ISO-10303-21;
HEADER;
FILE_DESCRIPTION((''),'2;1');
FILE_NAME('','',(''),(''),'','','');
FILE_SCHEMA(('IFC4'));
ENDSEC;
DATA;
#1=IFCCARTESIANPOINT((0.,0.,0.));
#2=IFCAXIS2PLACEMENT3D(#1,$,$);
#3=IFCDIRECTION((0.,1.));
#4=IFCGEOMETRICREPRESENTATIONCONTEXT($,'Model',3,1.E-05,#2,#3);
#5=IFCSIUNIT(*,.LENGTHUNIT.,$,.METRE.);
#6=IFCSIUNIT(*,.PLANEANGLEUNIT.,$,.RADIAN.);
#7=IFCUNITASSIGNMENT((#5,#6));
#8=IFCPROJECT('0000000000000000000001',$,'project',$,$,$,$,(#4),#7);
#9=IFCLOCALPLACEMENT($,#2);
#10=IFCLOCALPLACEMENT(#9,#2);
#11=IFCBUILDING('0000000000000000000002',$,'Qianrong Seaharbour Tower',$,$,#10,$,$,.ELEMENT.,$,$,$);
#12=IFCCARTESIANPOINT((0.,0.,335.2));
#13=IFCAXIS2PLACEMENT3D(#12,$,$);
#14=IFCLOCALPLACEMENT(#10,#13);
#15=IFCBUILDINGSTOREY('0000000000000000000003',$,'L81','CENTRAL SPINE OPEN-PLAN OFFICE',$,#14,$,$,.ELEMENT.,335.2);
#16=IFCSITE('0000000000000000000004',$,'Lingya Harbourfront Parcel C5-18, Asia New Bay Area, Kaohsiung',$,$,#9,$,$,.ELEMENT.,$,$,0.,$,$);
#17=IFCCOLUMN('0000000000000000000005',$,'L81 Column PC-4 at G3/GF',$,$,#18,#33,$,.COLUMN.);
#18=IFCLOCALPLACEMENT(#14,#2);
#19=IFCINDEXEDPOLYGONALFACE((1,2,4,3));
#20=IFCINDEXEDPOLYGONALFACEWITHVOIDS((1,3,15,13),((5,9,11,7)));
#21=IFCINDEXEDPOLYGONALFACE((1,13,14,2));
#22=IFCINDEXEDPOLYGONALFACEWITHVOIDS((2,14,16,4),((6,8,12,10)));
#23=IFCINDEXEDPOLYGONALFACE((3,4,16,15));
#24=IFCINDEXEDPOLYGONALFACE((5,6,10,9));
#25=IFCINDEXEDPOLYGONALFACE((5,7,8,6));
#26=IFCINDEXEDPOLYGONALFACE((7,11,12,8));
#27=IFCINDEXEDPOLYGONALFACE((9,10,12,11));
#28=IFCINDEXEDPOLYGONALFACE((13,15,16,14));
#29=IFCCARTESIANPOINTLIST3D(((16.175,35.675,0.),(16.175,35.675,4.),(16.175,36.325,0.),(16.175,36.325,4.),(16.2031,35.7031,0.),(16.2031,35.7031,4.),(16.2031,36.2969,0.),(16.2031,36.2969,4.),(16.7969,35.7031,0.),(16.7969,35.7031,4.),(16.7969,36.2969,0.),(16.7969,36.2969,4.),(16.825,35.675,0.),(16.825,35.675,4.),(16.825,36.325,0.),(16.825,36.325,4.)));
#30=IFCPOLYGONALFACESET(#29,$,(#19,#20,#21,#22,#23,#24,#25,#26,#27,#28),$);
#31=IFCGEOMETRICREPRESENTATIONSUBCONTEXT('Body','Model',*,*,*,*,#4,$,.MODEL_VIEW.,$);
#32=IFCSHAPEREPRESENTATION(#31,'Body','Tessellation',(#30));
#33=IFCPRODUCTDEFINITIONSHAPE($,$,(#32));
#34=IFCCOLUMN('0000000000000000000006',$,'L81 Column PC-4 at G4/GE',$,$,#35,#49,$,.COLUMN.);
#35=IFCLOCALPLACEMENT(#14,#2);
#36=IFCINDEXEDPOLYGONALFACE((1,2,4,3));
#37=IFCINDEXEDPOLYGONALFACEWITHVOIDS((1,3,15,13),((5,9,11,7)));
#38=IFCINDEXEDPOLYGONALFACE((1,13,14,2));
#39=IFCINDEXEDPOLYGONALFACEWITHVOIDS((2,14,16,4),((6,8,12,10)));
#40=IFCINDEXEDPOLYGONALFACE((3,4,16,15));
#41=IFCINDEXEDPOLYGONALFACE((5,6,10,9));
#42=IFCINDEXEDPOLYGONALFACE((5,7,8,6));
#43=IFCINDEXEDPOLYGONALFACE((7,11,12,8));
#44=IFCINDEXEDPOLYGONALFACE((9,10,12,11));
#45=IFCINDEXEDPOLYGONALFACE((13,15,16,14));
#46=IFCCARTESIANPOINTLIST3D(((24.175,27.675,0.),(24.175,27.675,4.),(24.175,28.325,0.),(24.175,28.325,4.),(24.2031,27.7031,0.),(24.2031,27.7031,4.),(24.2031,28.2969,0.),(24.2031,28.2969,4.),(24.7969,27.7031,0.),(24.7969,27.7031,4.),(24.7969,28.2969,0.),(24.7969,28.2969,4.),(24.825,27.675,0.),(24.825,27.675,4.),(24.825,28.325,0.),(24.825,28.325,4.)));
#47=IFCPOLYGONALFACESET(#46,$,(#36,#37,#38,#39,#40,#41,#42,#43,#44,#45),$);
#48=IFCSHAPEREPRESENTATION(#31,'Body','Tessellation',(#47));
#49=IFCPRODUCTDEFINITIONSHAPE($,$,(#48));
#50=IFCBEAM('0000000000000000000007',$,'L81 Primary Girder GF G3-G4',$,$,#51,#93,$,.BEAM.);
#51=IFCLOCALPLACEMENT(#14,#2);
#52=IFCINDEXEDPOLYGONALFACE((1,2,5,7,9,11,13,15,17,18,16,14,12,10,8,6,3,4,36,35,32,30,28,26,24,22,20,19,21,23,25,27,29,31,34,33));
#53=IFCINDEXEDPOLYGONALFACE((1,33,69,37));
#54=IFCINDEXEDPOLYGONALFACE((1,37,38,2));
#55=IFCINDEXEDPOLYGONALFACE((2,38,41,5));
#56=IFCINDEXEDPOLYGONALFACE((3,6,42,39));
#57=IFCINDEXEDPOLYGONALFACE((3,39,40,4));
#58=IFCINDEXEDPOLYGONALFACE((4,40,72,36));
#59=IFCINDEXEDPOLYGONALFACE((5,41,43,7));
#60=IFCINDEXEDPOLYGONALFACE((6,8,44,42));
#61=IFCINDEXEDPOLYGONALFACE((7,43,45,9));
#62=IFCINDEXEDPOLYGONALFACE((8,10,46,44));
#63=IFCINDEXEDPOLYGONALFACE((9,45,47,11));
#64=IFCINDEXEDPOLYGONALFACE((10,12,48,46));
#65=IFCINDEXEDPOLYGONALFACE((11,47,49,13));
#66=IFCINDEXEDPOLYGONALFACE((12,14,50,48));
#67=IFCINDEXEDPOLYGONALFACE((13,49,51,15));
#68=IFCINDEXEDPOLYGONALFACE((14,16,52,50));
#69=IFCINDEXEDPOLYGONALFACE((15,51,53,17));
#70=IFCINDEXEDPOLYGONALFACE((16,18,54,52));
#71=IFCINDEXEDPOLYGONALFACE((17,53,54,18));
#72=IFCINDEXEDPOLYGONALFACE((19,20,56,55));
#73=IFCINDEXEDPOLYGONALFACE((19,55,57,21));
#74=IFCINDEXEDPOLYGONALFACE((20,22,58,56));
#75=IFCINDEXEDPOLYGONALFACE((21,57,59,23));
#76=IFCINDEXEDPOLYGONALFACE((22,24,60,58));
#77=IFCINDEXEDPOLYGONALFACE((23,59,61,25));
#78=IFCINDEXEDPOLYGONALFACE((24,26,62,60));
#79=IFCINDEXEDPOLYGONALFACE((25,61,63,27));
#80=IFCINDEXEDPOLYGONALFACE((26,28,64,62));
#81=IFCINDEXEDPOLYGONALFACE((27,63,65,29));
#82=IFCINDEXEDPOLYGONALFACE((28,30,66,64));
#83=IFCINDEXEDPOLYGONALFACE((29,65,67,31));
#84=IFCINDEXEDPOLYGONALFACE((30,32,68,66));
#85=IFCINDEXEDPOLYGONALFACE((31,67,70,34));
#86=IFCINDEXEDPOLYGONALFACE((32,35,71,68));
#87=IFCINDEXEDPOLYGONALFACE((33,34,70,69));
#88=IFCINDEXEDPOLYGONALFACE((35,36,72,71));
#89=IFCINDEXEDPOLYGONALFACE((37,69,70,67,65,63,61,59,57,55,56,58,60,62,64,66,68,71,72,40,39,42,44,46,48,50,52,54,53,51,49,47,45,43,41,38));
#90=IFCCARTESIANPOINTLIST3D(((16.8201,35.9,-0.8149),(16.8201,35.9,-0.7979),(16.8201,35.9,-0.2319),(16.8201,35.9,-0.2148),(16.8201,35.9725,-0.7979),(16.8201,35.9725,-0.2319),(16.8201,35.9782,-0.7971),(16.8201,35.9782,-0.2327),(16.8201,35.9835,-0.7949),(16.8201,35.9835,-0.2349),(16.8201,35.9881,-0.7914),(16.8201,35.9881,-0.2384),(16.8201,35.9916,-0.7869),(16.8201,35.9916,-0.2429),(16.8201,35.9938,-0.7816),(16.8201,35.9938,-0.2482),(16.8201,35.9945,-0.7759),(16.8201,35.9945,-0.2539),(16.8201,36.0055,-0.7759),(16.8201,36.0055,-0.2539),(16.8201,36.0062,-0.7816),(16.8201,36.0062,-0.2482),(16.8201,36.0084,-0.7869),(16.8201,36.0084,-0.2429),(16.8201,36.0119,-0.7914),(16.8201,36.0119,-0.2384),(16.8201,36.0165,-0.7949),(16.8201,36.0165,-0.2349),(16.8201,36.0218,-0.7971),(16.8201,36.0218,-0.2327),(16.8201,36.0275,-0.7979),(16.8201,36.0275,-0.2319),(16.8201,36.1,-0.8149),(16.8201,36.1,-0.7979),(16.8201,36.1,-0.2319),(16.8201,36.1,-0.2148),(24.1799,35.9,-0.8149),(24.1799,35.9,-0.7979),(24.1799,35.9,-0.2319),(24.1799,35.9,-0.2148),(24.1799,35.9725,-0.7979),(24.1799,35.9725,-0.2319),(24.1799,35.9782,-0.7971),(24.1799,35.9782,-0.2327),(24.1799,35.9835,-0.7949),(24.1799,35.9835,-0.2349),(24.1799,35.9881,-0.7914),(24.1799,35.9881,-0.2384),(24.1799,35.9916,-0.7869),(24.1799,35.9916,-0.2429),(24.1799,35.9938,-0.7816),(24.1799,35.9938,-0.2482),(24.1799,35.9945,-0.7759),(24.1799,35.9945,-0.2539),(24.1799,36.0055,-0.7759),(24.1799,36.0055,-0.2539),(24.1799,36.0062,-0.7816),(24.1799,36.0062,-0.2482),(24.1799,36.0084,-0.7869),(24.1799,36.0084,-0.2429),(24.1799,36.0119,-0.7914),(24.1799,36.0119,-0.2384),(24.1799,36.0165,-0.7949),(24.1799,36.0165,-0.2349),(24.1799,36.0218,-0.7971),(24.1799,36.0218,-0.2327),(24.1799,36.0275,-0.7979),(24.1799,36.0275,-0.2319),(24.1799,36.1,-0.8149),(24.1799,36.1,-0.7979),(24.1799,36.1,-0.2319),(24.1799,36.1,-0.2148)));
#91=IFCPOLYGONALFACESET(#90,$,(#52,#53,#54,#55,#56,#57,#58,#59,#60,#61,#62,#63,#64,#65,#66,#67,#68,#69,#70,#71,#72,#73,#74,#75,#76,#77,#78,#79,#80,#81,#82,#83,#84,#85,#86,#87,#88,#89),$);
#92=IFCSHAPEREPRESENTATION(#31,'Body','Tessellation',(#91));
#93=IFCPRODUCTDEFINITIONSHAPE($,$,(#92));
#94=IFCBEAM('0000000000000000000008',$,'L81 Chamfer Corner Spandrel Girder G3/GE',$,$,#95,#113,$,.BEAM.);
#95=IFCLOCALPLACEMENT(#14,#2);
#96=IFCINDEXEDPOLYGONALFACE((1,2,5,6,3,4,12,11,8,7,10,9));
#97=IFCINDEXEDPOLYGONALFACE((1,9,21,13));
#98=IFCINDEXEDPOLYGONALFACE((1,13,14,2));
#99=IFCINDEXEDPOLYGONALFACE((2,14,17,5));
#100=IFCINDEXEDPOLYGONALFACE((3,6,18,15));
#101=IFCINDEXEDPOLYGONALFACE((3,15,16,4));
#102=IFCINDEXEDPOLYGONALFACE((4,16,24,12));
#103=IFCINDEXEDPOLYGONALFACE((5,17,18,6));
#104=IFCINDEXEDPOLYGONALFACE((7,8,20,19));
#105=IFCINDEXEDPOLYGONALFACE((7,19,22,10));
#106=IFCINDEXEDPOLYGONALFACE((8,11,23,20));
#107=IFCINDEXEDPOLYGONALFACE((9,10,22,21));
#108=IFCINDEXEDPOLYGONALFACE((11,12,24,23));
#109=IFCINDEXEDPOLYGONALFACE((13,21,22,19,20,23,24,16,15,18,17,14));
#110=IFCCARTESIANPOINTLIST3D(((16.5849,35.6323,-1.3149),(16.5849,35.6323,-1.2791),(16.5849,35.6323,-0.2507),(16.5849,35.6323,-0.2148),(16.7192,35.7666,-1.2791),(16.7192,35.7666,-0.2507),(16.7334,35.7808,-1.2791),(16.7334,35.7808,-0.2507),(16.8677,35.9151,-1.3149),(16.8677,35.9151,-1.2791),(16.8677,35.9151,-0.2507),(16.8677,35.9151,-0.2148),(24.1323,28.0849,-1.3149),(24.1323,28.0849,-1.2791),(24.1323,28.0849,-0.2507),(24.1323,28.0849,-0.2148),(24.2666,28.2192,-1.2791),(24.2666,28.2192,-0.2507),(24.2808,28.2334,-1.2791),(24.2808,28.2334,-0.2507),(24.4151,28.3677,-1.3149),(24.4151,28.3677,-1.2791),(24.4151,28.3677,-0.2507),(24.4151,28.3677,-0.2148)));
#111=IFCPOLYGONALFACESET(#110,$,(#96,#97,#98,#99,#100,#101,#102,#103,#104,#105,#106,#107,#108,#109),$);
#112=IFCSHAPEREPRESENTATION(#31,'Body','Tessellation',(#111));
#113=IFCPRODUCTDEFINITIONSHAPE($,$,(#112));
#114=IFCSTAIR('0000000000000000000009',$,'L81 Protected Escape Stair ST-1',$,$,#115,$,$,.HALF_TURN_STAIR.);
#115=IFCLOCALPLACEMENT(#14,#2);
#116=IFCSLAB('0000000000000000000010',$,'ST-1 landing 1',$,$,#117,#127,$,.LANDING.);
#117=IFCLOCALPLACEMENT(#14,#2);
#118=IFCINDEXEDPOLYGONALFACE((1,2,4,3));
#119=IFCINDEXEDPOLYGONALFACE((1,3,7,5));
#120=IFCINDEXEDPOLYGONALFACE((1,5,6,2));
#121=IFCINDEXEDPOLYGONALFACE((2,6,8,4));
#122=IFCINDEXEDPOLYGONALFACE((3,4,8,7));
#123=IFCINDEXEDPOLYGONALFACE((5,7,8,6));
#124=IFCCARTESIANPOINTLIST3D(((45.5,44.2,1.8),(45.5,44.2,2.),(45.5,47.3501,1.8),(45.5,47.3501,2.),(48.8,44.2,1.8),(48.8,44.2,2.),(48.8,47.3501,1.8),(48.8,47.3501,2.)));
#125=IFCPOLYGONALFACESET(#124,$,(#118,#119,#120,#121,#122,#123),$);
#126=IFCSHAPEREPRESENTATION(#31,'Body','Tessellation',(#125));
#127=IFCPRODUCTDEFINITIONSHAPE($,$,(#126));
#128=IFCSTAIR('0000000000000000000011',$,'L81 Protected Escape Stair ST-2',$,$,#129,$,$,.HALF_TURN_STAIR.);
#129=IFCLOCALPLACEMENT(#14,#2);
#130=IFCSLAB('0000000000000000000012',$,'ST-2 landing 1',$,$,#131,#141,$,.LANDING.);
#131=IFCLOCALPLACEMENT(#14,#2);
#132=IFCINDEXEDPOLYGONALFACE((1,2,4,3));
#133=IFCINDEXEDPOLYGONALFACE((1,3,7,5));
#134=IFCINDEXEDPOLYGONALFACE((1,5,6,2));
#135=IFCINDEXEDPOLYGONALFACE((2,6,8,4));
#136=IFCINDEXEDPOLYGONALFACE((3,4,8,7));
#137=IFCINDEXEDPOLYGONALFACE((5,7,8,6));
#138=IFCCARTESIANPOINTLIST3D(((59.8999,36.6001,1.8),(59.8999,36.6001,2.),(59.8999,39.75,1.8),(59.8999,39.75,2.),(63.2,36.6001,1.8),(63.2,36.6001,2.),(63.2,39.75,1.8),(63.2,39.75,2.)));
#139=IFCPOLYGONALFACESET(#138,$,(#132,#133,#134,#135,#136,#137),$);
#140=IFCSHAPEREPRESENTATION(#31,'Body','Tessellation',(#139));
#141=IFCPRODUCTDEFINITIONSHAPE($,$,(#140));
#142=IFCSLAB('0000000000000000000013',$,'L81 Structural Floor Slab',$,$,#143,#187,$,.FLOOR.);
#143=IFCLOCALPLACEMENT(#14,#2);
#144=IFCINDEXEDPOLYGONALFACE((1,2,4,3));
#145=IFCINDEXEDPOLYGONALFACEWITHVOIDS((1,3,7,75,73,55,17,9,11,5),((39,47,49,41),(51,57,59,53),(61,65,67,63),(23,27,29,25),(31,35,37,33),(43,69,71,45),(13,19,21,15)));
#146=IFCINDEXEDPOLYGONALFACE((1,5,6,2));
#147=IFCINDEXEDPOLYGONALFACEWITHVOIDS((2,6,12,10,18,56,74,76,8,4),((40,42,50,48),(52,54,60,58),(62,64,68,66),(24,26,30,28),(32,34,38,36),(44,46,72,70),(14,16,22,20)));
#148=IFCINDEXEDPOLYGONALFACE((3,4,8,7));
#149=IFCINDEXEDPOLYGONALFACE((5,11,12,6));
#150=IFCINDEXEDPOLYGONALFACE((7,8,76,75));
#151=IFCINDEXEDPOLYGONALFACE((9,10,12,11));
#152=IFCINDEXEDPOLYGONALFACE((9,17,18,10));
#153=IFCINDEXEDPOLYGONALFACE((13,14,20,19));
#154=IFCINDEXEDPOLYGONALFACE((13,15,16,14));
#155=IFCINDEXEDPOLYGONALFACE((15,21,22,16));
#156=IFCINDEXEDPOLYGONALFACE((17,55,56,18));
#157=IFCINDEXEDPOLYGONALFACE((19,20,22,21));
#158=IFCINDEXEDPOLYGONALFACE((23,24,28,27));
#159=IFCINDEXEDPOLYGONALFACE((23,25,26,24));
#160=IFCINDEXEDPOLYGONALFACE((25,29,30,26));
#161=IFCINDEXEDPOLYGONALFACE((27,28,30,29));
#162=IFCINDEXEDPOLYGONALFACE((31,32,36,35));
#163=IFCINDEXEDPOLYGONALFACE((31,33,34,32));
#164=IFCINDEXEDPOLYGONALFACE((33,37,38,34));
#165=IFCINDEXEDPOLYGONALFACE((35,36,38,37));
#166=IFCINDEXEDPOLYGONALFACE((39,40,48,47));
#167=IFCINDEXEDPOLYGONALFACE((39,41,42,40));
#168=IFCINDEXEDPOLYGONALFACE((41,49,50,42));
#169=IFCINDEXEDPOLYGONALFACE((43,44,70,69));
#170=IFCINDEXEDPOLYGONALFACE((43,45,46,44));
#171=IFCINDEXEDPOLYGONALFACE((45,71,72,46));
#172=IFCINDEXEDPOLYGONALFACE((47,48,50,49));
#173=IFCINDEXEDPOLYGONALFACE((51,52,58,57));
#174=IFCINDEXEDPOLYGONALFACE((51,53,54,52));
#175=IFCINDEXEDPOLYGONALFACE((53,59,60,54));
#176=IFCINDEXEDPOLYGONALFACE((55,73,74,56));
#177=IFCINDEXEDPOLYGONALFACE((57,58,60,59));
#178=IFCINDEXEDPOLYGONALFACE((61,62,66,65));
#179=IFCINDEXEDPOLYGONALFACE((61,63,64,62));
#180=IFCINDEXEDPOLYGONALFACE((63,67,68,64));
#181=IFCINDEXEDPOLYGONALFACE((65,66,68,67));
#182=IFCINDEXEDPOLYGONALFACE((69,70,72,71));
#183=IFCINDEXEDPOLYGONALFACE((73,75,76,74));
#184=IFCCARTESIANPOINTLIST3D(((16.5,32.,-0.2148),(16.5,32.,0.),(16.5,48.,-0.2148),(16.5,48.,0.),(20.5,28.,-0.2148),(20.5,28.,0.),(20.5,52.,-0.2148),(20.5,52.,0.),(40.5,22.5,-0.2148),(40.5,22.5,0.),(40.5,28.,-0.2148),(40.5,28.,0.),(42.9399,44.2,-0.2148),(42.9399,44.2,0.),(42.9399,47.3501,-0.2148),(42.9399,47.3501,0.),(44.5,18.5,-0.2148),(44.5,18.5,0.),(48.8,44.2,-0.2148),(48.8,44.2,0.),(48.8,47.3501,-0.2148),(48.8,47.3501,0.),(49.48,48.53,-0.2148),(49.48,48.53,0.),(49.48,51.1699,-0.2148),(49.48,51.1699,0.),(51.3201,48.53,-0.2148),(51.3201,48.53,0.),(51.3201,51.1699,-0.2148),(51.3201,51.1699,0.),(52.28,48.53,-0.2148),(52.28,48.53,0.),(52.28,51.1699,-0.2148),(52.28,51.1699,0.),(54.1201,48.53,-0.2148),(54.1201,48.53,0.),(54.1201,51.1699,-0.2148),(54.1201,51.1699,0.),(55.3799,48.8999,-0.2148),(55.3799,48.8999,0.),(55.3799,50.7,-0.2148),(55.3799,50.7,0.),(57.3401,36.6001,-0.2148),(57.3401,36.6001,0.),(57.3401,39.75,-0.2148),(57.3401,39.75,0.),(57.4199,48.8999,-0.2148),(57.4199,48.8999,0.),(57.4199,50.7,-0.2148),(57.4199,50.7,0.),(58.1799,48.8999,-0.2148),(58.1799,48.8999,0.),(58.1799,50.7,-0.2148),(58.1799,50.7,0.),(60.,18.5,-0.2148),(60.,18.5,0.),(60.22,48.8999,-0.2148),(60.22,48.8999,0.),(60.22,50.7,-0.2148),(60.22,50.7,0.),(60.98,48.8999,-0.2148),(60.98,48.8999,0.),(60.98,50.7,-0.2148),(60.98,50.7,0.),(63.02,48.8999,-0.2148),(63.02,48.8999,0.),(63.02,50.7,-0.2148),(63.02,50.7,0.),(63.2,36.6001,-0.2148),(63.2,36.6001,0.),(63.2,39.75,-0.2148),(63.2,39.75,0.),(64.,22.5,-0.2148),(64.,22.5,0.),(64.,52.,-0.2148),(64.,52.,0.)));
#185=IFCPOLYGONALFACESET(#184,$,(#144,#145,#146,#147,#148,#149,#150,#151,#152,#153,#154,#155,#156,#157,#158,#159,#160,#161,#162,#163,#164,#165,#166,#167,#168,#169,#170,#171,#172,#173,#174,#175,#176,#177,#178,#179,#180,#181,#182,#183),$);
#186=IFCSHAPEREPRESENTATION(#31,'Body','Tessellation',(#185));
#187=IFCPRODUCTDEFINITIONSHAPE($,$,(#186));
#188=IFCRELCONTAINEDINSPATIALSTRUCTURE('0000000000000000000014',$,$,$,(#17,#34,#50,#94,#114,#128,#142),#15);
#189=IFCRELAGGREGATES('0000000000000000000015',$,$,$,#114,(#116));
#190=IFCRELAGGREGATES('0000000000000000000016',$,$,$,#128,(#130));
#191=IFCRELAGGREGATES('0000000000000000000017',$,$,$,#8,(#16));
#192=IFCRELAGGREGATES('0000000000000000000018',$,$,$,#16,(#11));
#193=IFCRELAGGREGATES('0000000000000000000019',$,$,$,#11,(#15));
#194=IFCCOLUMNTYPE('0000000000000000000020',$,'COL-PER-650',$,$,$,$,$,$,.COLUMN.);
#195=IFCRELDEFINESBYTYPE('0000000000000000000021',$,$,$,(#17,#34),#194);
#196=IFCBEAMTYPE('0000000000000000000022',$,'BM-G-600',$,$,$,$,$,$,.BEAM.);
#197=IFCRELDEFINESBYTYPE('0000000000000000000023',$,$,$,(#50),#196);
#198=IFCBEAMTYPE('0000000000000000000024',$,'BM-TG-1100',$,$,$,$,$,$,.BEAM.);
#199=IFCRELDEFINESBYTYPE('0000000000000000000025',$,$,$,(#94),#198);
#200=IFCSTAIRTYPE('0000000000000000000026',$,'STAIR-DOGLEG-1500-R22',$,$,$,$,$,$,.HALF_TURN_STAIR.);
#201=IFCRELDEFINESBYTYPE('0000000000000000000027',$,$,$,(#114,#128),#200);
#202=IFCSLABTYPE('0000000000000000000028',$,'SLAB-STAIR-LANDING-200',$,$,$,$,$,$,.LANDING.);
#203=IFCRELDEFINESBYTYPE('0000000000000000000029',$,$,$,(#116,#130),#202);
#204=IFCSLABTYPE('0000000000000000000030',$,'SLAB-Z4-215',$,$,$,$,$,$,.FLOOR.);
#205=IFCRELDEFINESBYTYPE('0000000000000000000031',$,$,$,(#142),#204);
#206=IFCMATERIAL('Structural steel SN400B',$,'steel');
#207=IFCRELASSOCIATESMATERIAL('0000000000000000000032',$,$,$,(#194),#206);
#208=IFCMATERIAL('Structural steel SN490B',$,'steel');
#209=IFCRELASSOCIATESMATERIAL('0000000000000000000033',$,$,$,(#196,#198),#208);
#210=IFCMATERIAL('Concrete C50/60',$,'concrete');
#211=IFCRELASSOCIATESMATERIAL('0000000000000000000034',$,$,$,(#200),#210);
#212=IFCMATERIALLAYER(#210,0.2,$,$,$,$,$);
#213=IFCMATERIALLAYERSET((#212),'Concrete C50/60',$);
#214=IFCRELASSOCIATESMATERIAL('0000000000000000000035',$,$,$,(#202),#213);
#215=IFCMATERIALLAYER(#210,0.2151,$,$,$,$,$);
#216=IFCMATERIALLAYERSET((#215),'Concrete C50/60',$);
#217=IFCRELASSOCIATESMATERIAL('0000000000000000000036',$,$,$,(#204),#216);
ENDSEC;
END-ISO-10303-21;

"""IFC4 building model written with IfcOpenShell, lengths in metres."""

from ifc_helpers import new_model, si_unit, direction, frame, origin, origin_2d, place, context, subcontext, project, spatial, polyline, hollow_rectangle, i_section, outline, extrude, material, layer, layer_set, material_profile, profile_set, type_object, element, aggregate, save


model = new_model("IFC4")

# Units and contexts
model_context = context("Model", 3, precision=1e-05, world=origin(), true_north=direction((0.0, 1.0)))
body_context = subcontext(model_context, "Body", "Model", "MODEL_VIEW")
ifc_project = project(units=[si_unit("LENGTHUNIT", "METRE"), si_unit("PLANEANGLEUNIT", "RADIAN")], contexts=[model_context])

# Site, building, storey
site_placement = place(None, origin())
site = spatial("IfcSite", under=ifc_project, at=site_placement, Name="Lingya Harbourfront Parcel C5-18, Asia New Bay Area, Kaohsiung", CompositionType="ELEMENT", RefElevation=0.0)
building_placement = place(site_placement, origin())
building = spatial("IfcBuilding", under=site, at=building_placement, Name="Qianrong Seaharbour Tower", CompositionType="ELEMENT")
storey_placement = place(building_placement, frame((0.0, 0.0, 335.2)))
storey = spatial("IfcBuildingStorey", under=building, at=storey_placement, Name="L81", Description="CENTRAL SPINE OPEN-PLAN OFFICE", CompositionType="ELEMENT", Elevation=335.2)

# Columns
ifc_material_1 = material(Name="Structural steel SN400B", Category="steel")
ifc_material_profile_1 = material_profile(ifc_material_1, hollow_rectangle(XDim=0.6499, YDim=0.6499, WallThickness=0.0281, at=origin_2d()), Name="BOX650x650x28")
ifc_profile_set_1 = profile_set([ifc_material_profile_1], Name="Structural steel SN400B")
column_type = type_object("IfcColumnType", Name="COL-PER-650", PredefinedType="COLUMN", material=ifc_profile_set_1)
for number, where, z_axis, x_axis, name in (
    (1, (16.5, 36.0, 0.0), (0.0, 0.0, 1.0), (1.0, 0.0, 0.0), "L81 Column PC-4 at G3/GF"),
    (2, (24.5, 28.0, 0.0), (0.0, 0.0, 1.0), (1.0, 0.0, 0.0), "L81 Column PC-4 at G4/GE"),
):
    element("IfcColumn", number, at=place(storey_placement, frame(where, z_axis=z_axis, x_axis=x_axis)), inside=storey, type_object=column_type, Name=name, PredefinedType="COLUMN", context=body_context, shape_type="SweptSolid", body=[
        extrude(hollow_rectangle(XDim=0.6499, YDim=0.6499, WallThickness=0.0281, at=origin_2d()), origin(), (0.0, 0.0, 1.0), 4.0),
    ])

# Beams
ifc_material_2 = material(Name="Structural steel SN490B", Category="steel")
ifc_material_profile_2 = material_profile(ifc_material_2, i_section(OverallWidth=0.2, OverallDepth=0.6001, WebThickness=0.011, FlangeThickness=0.0171, FilletRadius=0.022, at=origin_2d()), Name="H600x200x11x17")
ifc_profile_set_2 = profile_set([ifc_material_profile_2], Name="Structural steel SN490B")
beam_type_1 = type_object("IfcBeamType", Name="BM-G-600", PredefinedType="BEAM", material=ifc_profile_set_2)
beam_1_placement = place(storey_placement, frame((16.8201, 36.0, -0.5149), z_axis=(1.0, 0.0, 0.0), x_axis=(0.0, 1.0, 0.0)))
element("IfcBeam", 3, at=beam_1_placement, inside=storey, type_object=beam_type_1, Name="L81 Primary Girder GF G3-G4", PredefinedType="BEAM", context=body_context, shape_type="SweptSolid", body=[
    extrude(i_section(OverallWidth=0.2, OverallDepth=0.6001, WebThickness=0.011, FlangeThickness=0.0171, FilletRadius=0.022, at=origin_2d()), origin(), (0.0, 0.0, 1.0), 7.3599),
])
ifc_material_profile_3 = material_profile(ifc_material_2, i_section(OverallWidth=0.3999, OverallDepth=1.1001, WebThickness=0.02, FlangeThickness=0.0359, at=origin_2d()), Name="BH1100x400x20x36")
ifc_profile_set_3 = profile_set([ifc_material_profile_3], Name="Structural steel SN490B")
beam_type_2 = type_object("IfcBeamType", Name="BM-TG-1100", PredefinedType="BEAM", material=ifc_profile_set_3)
beam_2_placement = place(storey_placement, frame((24.2737, 28.2263, -0.7649), z_axis=(-0.707107, 0.707107, 0.0), x_axis=(-0.707107, -0.707107, 0.0)))
element("IfcBeam", 4, at=beam_2_placement, inside=storey, type_object=beam_type_2, Name="L81 Chamfer Corner Spandrel Girder G3/GE", PredefinedType="BEAM", context=body_context, shape_type="SweptSolid", body=[
    extrude(i_section(OverallWidth=0.3999, OverallDepth=1.1001, WebThickness=0.02, FlangeThickness=0.0359, at=origin_2d()), origin(), (0.0, 0.0, 1.0), 10.6736),
])

# Stairs, slabs
ifc_material_3 = material(Name="Concrete C50/60", Category="concrete")
stair_type = type_object("IfcStairType", Name="STAIR-DOGLEG-1500-R22", PredefinedType="HALF_TURN_STAIR", material=ifc_material_3)
stair_1_placement = place(storey_placement, origin())
stair_1 = element("IfcStair", 5, at=stair_1_placement, inside=storey, type_object=stair_type, Name="L81 Protected Escape Stair ST-1", PredefinedType="HALF_TURN_STAIR")
ifc_layer_1 = layer(ifc_material_3, 0.2)
ifc_layer_set_1 = layer_set([ifc_layer_1], Name="Concrete C50/60")
slab_type_1 = type_object("IfcSlabType", Name="SLAB-STAIR-LANDING-200", PredefinedType="LANDING", material=ifc_layer_set_1)
slab_1_placement = place(storey_placement, frame((0.0, 0.0, 1.8)))
slab_1 = element("IfcSlab", 6, at=slab_1_placement, type_object=slab_type_1, Name="ST-1 landing 1", PredefinedType="LANDING", context=body_context, shape_type="SweptSolid", body=[
    extrude(outline(polyline([(45.5, 44.2), (48.8, 44.2), (48.8, 47.3501), (45.5, 47.3501), (45.5, 44.2)])), origin(), (0.0, 0.0, 1.0), 0.2),
])
aggregate(stair_1, [slab_1])
stair_2_placement = place(storey_placement, origin())
stair_2 = element("IfcStair", 7, at=stair_2_placement, inside=storey, type_object=stair_type, Name="L81 Protected Escape Stair ST-2", PredefinedType="HALF_TURN_STAIR")
slab_2_placement = place(storey_placement, frame((0.0, 0.0, 1.8)))
slab_2 = element("IfcSlab", 8, at=slab_2_placement, type_object=slab_type_1, Name="ST-2 landing 1", PredefinedType="LANDING", context=body_context, shape_type="SweptSolid", body=[
    extrude(outline(polyline([(59.8999, 36.6001), (63.2, 36.6001), (63.2, 39.75), (59.8999, 39.75), (59.8999, 36.6001)])), origin(), (0.0, 0.0, 1.0), 0.2),
])
aggregate(stair_2, [slab_2])

# Slab
ifc_layer_2 = layer(ifc_material_3, 0.2151)
ifc_layer_set_2 = layer_set([ifc_layer_2], Name="Concrete C50/60")
slab_type_2 = type_object("IfcSlabType", Name="SLAB-Z4-215", PredefinedType="FLOOR", material=ifc_layer_set_2)
slab_3_placement = place(storey_placement, frame((0.0, 0.0, -0.2148)))
element("IfcSlab", 9, at=slab_3_placement, inside=storey, type_object=slab_type_2, Name="L81 Structural Floor Slab", PredefinedType="FLOOR", context=body_context, shape_type="SweptSolid", body=[
    extrude(outline(polyline([(44.5, 18.5), (60.0, 18.5), (64.0, 22.5), (64.0, 52.0), (20.5, 52.0), (16.5, 48.0), (16.5, 32.0), (20.5, 28.0), (40.5, 28.0), (40.5, 22.5), (44.5, 18.5)]), holes=[polyline([(42.9399, 44.2), (42.9399, 47.3501), (48.8, 47.3501), (48.8, 44.2), (42.9399, 44.2)]), polyline([(57.3401, 36.6001), (57.3401, 39.75), (63.2, 39.75), (63.2, 36.6001), (57.3401, 36.6001)]), polyline([(49.48, 48.53), (49.48, 51.1699), (51.3201, 51.1699), (51.3201, 48.53), (49.48, 48.53)]), polyline([(52.28, 48.53), (52.28, 51.1699), (54.1201, 51.1699), (54.1201, 48.53), (52.28, 48.53)]), polyline([(55.3799, 48.8999), (55.3799, 50.7), (57.4199, 50.7), (57.4199, 48.8999), (55.3799, 48.8999)]), polyline([(58.1799, 48.8999), (58.1799, 50.7), (60.22, 50.7), (60.22, 48.8999), (58.1799, 48.8999)]), polyline([(60.98, 48.8999), (60.98, 50.7), (63.02, 50.7), (63.02, 48.8999), (60.98, 48.8999)])]), origin(), (0.0, 0.0, 1.0), 0.2148),
])

save(model, "model.ifc")
